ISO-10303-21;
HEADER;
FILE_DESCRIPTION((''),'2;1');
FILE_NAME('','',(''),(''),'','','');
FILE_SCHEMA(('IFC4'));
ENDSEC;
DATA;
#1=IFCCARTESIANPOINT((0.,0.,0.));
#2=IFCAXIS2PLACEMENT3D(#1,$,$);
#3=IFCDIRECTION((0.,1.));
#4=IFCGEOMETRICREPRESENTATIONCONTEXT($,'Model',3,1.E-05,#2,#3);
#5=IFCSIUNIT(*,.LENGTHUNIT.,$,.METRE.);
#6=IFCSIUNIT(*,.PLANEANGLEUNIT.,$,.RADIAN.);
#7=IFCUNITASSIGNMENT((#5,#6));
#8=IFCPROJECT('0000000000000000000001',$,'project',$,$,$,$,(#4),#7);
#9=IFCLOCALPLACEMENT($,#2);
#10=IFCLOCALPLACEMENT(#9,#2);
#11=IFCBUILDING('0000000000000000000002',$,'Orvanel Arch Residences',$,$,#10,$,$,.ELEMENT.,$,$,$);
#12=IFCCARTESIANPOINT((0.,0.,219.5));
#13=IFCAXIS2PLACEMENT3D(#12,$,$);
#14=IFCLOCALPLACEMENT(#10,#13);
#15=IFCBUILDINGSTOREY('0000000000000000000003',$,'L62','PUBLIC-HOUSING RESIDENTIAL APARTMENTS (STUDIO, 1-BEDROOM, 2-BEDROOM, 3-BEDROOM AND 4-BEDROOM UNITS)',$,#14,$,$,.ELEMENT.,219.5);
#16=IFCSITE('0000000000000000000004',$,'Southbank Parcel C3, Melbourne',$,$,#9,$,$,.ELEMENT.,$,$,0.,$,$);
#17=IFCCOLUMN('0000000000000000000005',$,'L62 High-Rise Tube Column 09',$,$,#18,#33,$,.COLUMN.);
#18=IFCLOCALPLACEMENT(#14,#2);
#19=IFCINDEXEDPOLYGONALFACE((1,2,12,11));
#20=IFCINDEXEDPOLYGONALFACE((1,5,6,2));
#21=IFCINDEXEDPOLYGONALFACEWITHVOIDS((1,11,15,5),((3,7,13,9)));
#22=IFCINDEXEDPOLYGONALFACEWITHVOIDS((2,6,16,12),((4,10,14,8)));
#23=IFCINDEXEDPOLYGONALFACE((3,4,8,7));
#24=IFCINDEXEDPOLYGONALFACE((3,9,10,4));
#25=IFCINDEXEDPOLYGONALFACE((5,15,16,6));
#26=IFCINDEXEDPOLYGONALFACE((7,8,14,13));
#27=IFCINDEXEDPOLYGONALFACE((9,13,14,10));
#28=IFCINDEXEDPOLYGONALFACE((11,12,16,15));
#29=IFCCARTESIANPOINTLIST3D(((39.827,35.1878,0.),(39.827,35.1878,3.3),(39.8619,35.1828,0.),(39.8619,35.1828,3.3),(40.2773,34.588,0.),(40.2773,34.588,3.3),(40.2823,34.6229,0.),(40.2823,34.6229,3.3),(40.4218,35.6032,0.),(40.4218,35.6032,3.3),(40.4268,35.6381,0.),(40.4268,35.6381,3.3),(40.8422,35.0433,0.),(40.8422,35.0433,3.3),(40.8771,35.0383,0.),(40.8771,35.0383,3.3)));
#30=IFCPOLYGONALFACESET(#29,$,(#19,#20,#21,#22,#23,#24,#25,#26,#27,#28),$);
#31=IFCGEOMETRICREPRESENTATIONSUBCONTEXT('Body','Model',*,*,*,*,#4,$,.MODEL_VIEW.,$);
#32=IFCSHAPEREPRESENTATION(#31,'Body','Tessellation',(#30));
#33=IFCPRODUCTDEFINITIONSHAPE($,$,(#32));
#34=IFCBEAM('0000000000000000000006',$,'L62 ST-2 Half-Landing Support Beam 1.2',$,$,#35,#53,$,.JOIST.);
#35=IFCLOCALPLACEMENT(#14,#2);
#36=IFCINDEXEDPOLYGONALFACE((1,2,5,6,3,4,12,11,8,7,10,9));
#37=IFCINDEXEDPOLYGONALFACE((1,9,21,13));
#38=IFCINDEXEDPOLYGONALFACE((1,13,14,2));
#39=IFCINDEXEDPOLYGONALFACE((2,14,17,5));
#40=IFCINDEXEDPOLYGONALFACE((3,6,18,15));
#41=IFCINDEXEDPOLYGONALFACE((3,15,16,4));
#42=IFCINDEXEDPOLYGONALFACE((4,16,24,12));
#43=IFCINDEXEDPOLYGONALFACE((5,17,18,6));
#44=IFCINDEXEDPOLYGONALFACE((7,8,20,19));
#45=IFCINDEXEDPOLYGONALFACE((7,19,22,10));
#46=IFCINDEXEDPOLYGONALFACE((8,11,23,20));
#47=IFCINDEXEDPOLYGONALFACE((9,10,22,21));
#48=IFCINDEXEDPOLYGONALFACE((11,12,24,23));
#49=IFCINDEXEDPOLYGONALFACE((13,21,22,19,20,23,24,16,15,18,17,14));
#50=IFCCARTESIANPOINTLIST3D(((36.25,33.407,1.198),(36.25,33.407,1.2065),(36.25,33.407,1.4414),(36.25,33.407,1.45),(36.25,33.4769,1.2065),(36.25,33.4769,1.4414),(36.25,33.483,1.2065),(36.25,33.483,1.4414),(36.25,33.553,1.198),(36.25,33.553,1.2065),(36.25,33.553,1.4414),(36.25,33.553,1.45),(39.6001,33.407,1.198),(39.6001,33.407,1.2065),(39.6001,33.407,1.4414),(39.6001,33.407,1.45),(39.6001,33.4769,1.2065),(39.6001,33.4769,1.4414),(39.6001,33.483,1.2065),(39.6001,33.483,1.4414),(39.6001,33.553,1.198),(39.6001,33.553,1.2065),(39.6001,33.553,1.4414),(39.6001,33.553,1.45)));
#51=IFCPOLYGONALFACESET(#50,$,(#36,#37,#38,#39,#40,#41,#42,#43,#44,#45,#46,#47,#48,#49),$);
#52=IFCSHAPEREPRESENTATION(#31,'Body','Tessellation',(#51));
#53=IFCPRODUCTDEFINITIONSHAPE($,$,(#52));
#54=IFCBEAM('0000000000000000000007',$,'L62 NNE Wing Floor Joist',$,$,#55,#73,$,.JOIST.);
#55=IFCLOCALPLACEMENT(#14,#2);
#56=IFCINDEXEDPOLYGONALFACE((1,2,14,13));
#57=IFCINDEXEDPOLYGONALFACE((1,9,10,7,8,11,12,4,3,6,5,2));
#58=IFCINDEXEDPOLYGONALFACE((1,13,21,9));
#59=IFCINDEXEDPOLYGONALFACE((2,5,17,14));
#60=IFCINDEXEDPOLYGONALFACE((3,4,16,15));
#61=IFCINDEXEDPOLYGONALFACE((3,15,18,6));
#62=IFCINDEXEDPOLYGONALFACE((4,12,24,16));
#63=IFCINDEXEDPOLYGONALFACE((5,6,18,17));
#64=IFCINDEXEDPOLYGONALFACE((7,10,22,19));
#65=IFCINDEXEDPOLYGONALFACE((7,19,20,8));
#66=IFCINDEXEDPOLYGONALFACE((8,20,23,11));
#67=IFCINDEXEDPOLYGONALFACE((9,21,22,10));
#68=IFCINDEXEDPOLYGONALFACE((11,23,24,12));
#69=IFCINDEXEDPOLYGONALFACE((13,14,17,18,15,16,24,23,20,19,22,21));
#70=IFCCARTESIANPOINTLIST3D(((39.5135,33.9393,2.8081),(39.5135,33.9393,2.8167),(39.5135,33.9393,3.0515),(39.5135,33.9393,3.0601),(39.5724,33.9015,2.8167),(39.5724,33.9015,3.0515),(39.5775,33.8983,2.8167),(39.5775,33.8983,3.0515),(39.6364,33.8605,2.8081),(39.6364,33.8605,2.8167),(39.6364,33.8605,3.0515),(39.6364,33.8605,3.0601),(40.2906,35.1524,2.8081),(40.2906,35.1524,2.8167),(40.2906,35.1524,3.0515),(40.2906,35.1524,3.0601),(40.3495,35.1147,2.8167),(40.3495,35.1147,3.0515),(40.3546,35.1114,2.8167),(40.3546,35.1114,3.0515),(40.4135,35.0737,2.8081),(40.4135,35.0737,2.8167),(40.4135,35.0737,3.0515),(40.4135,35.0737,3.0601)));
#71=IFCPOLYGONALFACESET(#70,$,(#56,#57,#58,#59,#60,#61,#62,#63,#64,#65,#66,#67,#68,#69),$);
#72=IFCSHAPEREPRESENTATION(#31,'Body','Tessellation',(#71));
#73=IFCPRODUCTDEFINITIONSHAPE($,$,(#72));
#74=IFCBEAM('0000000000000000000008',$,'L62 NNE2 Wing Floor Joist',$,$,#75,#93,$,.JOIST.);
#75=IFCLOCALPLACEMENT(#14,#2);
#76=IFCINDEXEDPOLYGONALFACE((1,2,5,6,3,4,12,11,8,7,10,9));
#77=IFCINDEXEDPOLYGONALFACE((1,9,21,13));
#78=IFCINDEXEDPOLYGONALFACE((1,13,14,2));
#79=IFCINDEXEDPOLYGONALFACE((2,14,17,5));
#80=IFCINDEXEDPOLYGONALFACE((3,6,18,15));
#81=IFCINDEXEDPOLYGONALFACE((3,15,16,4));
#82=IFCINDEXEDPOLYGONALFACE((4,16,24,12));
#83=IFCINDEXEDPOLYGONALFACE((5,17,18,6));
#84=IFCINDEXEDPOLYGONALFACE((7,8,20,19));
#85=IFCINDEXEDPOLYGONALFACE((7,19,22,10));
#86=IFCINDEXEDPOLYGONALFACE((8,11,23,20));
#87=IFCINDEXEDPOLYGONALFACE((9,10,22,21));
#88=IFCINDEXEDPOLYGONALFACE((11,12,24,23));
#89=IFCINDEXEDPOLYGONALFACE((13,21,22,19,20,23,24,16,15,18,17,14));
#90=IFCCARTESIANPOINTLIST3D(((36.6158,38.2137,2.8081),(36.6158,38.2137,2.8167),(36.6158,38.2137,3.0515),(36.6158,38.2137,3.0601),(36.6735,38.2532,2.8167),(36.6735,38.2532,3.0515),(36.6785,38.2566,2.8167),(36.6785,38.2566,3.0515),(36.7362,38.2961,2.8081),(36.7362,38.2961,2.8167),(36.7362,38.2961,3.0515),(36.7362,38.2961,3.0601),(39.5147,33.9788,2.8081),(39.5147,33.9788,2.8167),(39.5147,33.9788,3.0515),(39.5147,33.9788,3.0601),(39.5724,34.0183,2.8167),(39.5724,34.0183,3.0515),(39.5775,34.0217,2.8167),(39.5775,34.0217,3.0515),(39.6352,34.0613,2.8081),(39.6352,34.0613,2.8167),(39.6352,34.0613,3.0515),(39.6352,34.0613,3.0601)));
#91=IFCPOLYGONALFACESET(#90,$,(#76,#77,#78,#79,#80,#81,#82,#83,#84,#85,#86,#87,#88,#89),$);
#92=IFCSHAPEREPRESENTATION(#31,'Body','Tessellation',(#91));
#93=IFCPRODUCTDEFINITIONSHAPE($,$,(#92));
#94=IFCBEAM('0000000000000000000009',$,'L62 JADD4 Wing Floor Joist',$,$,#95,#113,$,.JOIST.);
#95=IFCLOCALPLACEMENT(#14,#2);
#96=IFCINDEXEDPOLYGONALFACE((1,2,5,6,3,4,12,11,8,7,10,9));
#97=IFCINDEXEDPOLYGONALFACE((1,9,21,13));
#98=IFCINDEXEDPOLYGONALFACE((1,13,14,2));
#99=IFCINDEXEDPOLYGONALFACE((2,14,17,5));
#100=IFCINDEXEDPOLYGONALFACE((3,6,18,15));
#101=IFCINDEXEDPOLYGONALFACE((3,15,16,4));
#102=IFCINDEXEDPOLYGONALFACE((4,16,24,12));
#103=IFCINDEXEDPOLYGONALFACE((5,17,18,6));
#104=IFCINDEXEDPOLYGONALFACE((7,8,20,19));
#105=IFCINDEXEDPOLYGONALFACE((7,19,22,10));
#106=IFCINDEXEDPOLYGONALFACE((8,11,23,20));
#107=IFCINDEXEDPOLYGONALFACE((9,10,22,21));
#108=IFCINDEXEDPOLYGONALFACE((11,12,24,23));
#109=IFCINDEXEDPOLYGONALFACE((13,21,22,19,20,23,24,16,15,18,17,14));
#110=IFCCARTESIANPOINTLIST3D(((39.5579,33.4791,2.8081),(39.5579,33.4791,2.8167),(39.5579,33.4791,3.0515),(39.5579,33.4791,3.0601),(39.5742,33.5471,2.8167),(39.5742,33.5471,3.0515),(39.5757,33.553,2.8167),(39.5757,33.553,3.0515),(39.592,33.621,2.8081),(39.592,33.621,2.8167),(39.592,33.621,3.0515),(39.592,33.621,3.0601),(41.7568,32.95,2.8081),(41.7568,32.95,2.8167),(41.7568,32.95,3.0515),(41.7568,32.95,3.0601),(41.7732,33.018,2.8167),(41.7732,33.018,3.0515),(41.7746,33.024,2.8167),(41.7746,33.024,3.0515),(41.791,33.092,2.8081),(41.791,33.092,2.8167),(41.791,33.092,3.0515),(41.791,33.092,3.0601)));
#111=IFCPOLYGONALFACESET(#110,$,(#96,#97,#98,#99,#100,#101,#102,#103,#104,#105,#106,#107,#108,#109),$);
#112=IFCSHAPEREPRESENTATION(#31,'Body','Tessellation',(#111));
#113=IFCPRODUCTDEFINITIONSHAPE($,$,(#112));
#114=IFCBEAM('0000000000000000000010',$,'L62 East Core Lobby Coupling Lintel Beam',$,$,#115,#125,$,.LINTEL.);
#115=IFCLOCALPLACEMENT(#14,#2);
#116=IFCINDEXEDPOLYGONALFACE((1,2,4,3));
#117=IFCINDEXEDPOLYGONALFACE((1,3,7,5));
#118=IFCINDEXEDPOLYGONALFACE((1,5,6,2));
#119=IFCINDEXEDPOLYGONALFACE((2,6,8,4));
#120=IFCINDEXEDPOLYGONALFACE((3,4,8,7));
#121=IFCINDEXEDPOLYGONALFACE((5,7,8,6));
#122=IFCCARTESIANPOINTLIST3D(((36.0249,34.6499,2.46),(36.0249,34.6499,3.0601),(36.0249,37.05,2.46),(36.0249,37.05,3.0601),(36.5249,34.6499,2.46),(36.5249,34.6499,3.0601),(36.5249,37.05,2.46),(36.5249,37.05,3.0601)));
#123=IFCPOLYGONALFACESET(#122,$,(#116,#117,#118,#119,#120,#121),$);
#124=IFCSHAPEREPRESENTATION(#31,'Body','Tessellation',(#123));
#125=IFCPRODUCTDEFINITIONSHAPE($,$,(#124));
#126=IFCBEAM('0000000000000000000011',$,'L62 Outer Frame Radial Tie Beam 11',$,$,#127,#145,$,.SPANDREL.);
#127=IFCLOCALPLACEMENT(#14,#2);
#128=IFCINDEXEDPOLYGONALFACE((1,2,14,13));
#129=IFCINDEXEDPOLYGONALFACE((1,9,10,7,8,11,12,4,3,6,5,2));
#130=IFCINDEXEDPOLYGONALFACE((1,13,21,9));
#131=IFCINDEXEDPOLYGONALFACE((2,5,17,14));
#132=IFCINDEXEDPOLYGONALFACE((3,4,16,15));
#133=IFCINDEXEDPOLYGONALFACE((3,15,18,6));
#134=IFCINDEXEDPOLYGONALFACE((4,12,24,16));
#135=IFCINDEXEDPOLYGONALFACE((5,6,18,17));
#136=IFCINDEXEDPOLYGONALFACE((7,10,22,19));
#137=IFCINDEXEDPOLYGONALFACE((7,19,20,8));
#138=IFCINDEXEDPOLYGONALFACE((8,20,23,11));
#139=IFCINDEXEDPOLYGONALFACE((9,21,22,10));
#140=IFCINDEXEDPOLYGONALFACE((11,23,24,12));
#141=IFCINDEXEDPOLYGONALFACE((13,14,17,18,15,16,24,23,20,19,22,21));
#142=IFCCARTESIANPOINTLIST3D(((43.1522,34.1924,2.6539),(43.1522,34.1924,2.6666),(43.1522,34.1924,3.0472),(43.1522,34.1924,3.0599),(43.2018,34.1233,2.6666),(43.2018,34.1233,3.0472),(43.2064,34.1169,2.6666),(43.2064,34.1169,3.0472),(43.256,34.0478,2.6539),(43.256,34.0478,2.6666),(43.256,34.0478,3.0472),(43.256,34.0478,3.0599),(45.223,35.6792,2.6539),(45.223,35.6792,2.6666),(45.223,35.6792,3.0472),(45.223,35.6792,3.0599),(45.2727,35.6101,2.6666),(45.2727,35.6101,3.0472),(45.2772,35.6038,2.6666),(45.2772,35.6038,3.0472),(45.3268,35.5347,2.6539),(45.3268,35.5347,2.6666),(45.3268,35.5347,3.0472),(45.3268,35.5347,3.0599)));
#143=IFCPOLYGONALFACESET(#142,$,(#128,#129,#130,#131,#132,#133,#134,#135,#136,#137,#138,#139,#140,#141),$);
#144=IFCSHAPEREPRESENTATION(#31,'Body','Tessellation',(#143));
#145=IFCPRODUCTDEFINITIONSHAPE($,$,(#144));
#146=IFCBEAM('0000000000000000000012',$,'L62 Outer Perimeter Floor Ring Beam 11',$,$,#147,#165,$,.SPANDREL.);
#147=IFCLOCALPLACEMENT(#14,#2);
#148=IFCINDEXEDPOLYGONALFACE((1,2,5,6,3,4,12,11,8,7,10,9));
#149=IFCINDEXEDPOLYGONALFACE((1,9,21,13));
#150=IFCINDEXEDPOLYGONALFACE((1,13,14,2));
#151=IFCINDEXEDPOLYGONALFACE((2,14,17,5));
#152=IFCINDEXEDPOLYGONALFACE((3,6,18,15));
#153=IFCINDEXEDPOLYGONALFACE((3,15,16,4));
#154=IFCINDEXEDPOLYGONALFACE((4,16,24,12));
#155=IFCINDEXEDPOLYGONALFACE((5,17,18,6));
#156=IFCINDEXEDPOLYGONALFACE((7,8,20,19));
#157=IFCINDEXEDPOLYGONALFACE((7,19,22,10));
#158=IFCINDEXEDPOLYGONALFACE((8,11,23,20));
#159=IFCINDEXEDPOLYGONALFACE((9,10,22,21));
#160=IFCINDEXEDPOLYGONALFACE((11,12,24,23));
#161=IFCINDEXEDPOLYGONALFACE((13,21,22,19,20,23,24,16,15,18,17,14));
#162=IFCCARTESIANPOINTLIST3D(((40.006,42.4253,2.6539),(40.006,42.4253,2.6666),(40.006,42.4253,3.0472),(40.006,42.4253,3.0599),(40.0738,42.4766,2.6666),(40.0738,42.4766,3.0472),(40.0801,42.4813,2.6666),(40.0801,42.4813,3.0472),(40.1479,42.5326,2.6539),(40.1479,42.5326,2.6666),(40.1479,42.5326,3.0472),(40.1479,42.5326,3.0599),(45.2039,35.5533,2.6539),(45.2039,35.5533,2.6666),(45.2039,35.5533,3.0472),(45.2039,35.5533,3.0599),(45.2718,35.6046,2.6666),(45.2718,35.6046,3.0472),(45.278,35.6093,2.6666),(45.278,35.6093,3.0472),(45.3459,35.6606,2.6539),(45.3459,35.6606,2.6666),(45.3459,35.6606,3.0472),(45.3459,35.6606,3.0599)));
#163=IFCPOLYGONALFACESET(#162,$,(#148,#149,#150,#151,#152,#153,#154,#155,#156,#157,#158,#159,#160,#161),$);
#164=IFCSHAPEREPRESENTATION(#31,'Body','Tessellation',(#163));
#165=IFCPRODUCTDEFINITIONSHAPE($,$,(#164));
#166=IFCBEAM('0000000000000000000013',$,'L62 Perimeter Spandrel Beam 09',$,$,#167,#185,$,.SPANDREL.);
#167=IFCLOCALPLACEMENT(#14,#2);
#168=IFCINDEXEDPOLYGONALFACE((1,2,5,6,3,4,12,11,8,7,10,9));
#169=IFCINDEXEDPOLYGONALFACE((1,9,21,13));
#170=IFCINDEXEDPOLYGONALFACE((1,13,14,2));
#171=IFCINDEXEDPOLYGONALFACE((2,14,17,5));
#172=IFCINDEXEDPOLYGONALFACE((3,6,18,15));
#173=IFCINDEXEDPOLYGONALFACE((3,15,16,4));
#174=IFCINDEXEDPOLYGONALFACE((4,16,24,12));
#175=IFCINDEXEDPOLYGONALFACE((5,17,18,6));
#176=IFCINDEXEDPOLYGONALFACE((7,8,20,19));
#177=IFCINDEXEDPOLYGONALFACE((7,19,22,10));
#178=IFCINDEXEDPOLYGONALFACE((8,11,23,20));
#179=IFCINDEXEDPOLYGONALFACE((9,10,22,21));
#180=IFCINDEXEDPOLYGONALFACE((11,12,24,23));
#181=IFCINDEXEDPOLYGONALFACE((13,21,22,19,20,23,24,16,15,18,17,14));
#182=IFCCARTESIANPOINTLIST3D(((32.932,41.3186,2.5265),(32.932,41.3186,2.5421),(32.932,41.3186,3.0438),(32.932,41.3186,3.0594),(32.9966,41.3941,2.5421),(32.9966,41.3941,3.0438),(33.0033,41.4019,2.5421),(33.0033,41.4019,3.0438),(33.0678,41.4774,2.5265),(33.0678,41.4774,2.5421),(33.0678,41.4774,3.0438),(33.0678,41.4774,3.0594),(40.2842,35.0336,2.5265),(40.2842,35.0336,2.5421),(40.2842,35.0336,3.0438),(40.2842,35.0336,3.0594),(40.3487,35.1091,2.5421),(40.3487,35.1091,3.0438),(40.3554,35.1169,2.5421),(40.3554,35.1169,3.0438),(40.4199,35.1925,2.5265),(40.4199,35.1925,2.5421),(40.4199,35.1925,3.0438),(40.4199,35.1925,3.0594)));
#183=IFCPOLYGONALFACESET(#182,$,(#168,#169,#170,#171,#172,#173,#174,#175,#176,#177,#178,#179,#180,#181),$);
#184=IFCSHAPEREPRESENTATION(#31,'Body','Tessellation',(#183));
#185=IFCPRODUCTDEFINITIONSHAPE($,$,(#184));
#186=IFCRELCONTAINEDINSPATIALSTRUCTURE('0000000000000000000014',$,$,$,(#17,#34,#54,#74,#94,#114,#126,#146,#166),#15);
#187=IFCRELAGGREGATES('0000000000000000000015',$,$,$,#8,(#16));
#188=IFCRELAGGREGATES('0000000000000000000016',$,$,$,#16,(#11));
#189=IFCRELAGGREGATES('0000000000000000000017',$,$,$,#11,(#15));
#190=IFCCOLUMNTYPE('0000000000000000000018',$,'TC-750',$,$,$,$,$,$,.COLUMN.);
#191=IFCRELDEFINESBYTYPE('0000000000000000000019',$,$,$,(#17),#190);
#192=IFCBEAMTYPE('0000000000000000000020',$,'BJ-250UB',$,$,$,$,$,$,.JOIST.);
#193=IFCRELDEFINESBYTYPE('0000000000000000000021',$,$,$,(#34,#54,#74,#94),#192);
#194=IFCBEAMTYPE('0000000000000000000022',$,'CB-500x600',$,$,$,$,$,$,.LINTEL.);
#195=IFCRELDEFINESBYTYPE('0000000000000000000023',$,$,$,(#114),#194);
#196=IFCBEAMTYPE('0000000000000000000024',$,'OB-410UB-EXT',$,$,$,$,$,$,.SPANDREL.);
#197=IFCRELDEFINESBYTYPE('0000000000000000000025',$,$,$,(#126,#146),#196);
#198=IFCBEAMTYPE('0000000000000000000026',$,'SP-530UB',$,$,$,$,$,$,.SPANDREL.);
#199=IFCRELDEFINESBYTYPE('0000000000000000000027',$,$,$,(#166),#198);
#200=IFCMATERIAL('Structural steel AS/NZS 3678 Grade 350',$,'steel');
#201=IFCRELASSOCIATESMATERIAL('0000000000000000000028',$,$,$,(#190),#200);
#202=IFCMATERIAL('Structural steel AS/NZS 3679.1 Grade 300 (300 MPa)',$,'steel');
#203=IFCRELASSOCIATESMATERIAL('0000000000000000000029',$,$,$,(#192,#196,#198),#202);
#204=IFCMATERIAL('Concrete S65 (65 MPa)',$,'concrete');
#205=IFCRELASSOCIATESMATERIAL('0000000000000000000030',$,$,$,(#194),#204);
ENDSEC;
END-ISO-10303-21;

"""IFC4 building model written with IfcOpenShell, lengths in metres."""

from ifc_helpers import new_model, si_unit, direction, frame, origin, origin_2d, place, context, subcontext, project, spatial, rectangle, hollow_rectangle, i_section, extrude, material, material_profile, profile_set, type_object, element, save


model = new_model("IFC4")

# Units and contexts
model_context = context("Model", 3, precision=1e-05, world=origin(), true_north=direction((0.0, 1.0)))
body_context = subcontext(model_context, "Body", "Model", "MODEL_VIEW")
ifc_project = project(units=[si_unit("LENGTHUNIT", "METRE"), si_unit("PLANEANGLEUNIT", "RADIAN")], contexts=[model_context])

# Site, building, storey
site_placement = place(None, origin())
site = spatial("IfcSite", under=ifc_project, at=site_placement, Name="Southbank Parcel C3, Melbourne", CompositionType="ELEMENT", RefElevation=0.0)
building_placement = place(site_placement, origin())
building = spatial("IfcBuilding", under=site, at=building_placement, Name="Orvanel Arch Residences", CompositionType="ELEMENT")
storey_placement = place(building_placement, frame((0.0, 0.0, 219.5)))
storey = spatial("IfcBuildingStorey", under=building, at=storey_placement, Name="L62", Description="PUBLIC-HOUSING RESIDENTIAL APARTMENTS (STUDIO, 1-BEDROOM, 2-BEDROOM, 3-BEDROOM AND 4-BEDROOM UNITS)", CompositionType="ELEMENT", Elevation=219.5)

# Column
ifc_material_1 = material(Name="Structural steel AS/NZS 3678 Grade 350", Category="steel")
ifc_material_profile_1 = material_profile(ifc_material_1, hollow_rectangle(XDim=0.75, YDim=0.75, WallThickness=0.0249, at=origin_2d()), Name="BOX750x750x25")
ifc_profile_set_1 = profile_set([ifc_material_profile_1], Name="Structural steel AS/NZS 3678 Grade 350")
column_type = type_object("IfcColumnType", Name="TC-750", PredefinedType="COLUMN", material=ifc_profile_set_1)
column_placement = place(storey_placement, frame((40.3521, 35.113, 0.0), z_axis=(0.0, 0.0, 1.0), x_axis=(-0.60042, 0.799685, 0.0)))
element("IfcColumn", 1, at=column_placement, inside=storey, type_object=column_type, Name="L62 High-Rise Tube Column 09", PredefinedType="COLUMN", context=body_context, shape_type="SweptSolid", body=[
    extrude(hollow_rectangle(XDim=0.75, YDim=0.75, WallThickness=0.0249, at=origin_2d()), origin(), (0.0, 0.0, 1.0), 3.3),
])

# Beams
ifc_material_2 = material(Name="Structural steel AS/NZS 3679.1 Grade 300 (300 MPa)", Category="steel")
ifc_material_profile_2 = material_profile(ifc_material_2, i_section(OverallWidth=0.146, OverallDepth=0.252, WebThickness=0.0061, FlangeThickness=0.0085, at=origin_2d()), Name="250UB31.4")
ifc_profile_set_2 = profile_set([ifc_material_profile_2], Name="Structural steel AS/NZS 3679.1 Grade 300 (300 MPa)")
beam_type_1 = type_object("IfcBeamType", Name="BJ-250UB", PredefinedType="JOIST", material=ifc_profile_set_2)
beam_1_placement = place(storey_placement, frame((36.25, 33.48, 1.324), z_axis=(1.0, 0.0, 0.0), x_axis=(0.0, 1.0, 0.0)))
element("IfcBeam", 2, at=beam_1_placement, inside=storey, type_object=beam_type_1, Name="L62 ST-2 Half-Landing Support Beam 1.2", PredefinedType="JOIST", context=body_context, shape_type="SweptSolid", body=[
    extrude(i_section(OverallWidth=0.146, OverallDepth=0.252, WebThickness=0.0061, FlangeThickness=0.0085, at=origin_2d()), origin(), (0.0, 0.0, 1.0), 3.3501),
])
beam_2_placement = place(storey_placement, frame((39.575, 33.8999, 2.9341), z_axis=(0.539395, 0.842053, 0.0), x_axis=(-0.842053, 0.539395, 0.0)))
element("IfcBeam", 3, at=beam_2_placement, inside=storey, type_object=beam_type_1, Name="L62 NNE Wing Floor Joist", PredefinedType="JOIST", context=body_context, shape_type="SweptSolid", body=[
    extrude(i_section(OverallWidth=0.146, OverallDepth=0.252, WebThickness=0.0061, FlangeThickness=0.0085, at=origin_2d()), origin(), (0.0, 0.0, 1.0), 1.4407),
])
beam_3_placement = place(storey_placement, frame((39.575, 34.02, 2.9341), z_axis=(-0.564868, 0.825181, 0.0), x_axis=(-0.825181, -0.564868, 0.0)))
element("IfcBeam", 4, at=beam_3_placement, inside=storey, type_object=beam_type_1, Name="L62 NNE2 Wing Floor Joist", PredefinedType="JOIST", context=body_context, shape_type="SweptSolid", body=[
    extrude(i_section(OverallWidth=0.146, OverallDepth=0.252, WebThickness=0.0061, FlangeThickness=0.0085, at=origin_2d()), origin(), (0.0, 0.0, 1.0), 5.1321),
])
beam_4_placement = place(storey_placement, frame((39.575, 33.55, 2.9341), z_axis=(0.972257, -0.233916, 0.0), x_axis=(0.233916, 0.972257, 0.0)))
element("IfcBeam", 5, at=beam_4_placement, inside=storey, type_object=beam_type_1, Name="L62 JADD4 Wing Floor Joist", PredefinedType="JOIST", context=body_context, shape_type="SweptSolid", body=[
    extrude(i_section(OverallWidth=0.146, OverallDepth=0.252, WebThickness=0.0061, FlangeThickness=0.0085, at=origin_2d()), origin(), (0.0, 0.0, 1.0), 2.2617),
])
ifc_material_3 = material(Name="Concrete S65 (65 MPa)", Category="concrete")
ifc_material_profile_3 = material_profile(ifc_material_3, rectangle(XDim=0.5, YDim=0.6001, at=origin_2d()), Name="RC500x600")
ifc_profile_set_3 = profile_set([ifc_material_profile_3], Name="Concrete S65 (65 MPa)")
beam_type_2 = type_object("IfcBeamType", Name="CB-500x600", PredefinedType="LINTEL", material=ifc_profile_set_3)
beam_5_placement = place(storey_placement, frame((36.2749, 34.6499, 2.76), z_axis=(0.0, 1.0, 0.0), x_axis=(-1.0, 0.0, 0.0)))
element("IfcBeam", 6, at=beam_5_placement, inside=storey, type_object=beam_type_2, Name="L62 East Core Lobby Coupling Lintel Beam", PredefinedType="LINTEL", context=body_context, shape_type="SweptSolid", body=[
    extrude(rectangle(XDim=0.5, YDim=0.6001, at=origin_2d()), origin(), (0.0, 0.0, 1.0), 2.4001),
])
ifc_material_profile_4 = material_profile(ifc_material_2, i_section(OverallWidth=0.178, OverallDepth=0.406, WebThickness=0.0078, FlangeThickness=0.0127, at=origin_2d()), Name="410UB59.7")
ifc_profile_set_4 = profile_set([ifc_material_profile_4], Name="Structural steel AS/NZS 3679.1 Grade 300 (300 MPa)")
beam_type_3 = type_object("IfcBeamType", Name="OB-410UB-EXT", PredefinedType="SPANDREL", material=ifc_profile_set_4)
beam_6_placement = place(storey_placement, frame((43.2041, 34.1201, 2.8569), z_axis=(0.812307, 0.583229, 0.0), x_axis=(-0.583229, 0.812307, 0.0)))
element("IfcBeam", 7, at=beam_6_placement, inside=storey, type_object=beam_type_3, Name="L62 Outer Frame Radial Tie Beam 11", PredefinedType="SPANDREL", context=body_context, shape_type="SweptSolid", body=[
    extrude(i_section(OverallWidth=0.178, OverallDepth=0.406, WebThickness=0.0078, FlangeThickness=0.0127, at=origin_2d()), origin(), (0.0, 0.0, 1.0), 2.5493),
])
beam_7_placement = place(storey_placement, frame((45.2749, 35.6069, 2.8569), z_axis=(-0.603259, 0.797545, 0.0), x_axis=(-0.797545, -0.603259, 0.0)))
element("IfcBeam", 8, at=beam_7_placement, inside=storey, type_object=beam_type_3, Name="L62 Outer Perimeter Floor Ring Beam 11", PredefinedType="SPANDREL", context=body_context, shape_type="SweptSolid", body=[
    extrude(i_section(OverallWidth=0.178, OverallDepth=0.406, WebThickness=0.0078, FlangeThickness=0.0127, at=origin_2d()), origin(), (0.0, 0.0, 1.0), 8.6165),
])
ifc_material_profile_5 = material_profile(ifc_material_2, i_section(OverallWidth=0.209, OverallDepth=0.533, WebThickness=0.0103, FlangeThickness=0.0156, at=origin_2d()), Name="530UB92.4")
ifc_profile_set_5 = profile_set([ifc_material_profile_5], Name="Structural steel AS/NZS 3679.1 Grade 300 (300 MPa)")
beam_type_4 = type_object("IfcBeamType", Name="SP-530UB", PredefinedType="SPANDREL", material=ifc_profile_set_5)
beam_8_placement = place(storey_placement, frame((40.3521, 35.113, 2.793), z_axis=(-0.760117, 0.649787, 0.0), x_axis=(-0.649787, -0.760117, 0.0)))
element("IfcBeam", 9, at=beam_8_placement, inside=storey, type_object=beam_type_4, Name="L62 Perimeter Spandrel Beam 09", PredefinedType="SPANDREL", context=body_context, shape_type="SweptSolid", body=[
    extrude(i_section(OverallWidth=0.209, OverallDepth=0.533, WebThickness=0.0103, FlangeThickness=0.0156, at=origin_2d()), origin(), (0.0, 0.0, 1.0), 9.6724),
])

save(model, "model.ifc")
